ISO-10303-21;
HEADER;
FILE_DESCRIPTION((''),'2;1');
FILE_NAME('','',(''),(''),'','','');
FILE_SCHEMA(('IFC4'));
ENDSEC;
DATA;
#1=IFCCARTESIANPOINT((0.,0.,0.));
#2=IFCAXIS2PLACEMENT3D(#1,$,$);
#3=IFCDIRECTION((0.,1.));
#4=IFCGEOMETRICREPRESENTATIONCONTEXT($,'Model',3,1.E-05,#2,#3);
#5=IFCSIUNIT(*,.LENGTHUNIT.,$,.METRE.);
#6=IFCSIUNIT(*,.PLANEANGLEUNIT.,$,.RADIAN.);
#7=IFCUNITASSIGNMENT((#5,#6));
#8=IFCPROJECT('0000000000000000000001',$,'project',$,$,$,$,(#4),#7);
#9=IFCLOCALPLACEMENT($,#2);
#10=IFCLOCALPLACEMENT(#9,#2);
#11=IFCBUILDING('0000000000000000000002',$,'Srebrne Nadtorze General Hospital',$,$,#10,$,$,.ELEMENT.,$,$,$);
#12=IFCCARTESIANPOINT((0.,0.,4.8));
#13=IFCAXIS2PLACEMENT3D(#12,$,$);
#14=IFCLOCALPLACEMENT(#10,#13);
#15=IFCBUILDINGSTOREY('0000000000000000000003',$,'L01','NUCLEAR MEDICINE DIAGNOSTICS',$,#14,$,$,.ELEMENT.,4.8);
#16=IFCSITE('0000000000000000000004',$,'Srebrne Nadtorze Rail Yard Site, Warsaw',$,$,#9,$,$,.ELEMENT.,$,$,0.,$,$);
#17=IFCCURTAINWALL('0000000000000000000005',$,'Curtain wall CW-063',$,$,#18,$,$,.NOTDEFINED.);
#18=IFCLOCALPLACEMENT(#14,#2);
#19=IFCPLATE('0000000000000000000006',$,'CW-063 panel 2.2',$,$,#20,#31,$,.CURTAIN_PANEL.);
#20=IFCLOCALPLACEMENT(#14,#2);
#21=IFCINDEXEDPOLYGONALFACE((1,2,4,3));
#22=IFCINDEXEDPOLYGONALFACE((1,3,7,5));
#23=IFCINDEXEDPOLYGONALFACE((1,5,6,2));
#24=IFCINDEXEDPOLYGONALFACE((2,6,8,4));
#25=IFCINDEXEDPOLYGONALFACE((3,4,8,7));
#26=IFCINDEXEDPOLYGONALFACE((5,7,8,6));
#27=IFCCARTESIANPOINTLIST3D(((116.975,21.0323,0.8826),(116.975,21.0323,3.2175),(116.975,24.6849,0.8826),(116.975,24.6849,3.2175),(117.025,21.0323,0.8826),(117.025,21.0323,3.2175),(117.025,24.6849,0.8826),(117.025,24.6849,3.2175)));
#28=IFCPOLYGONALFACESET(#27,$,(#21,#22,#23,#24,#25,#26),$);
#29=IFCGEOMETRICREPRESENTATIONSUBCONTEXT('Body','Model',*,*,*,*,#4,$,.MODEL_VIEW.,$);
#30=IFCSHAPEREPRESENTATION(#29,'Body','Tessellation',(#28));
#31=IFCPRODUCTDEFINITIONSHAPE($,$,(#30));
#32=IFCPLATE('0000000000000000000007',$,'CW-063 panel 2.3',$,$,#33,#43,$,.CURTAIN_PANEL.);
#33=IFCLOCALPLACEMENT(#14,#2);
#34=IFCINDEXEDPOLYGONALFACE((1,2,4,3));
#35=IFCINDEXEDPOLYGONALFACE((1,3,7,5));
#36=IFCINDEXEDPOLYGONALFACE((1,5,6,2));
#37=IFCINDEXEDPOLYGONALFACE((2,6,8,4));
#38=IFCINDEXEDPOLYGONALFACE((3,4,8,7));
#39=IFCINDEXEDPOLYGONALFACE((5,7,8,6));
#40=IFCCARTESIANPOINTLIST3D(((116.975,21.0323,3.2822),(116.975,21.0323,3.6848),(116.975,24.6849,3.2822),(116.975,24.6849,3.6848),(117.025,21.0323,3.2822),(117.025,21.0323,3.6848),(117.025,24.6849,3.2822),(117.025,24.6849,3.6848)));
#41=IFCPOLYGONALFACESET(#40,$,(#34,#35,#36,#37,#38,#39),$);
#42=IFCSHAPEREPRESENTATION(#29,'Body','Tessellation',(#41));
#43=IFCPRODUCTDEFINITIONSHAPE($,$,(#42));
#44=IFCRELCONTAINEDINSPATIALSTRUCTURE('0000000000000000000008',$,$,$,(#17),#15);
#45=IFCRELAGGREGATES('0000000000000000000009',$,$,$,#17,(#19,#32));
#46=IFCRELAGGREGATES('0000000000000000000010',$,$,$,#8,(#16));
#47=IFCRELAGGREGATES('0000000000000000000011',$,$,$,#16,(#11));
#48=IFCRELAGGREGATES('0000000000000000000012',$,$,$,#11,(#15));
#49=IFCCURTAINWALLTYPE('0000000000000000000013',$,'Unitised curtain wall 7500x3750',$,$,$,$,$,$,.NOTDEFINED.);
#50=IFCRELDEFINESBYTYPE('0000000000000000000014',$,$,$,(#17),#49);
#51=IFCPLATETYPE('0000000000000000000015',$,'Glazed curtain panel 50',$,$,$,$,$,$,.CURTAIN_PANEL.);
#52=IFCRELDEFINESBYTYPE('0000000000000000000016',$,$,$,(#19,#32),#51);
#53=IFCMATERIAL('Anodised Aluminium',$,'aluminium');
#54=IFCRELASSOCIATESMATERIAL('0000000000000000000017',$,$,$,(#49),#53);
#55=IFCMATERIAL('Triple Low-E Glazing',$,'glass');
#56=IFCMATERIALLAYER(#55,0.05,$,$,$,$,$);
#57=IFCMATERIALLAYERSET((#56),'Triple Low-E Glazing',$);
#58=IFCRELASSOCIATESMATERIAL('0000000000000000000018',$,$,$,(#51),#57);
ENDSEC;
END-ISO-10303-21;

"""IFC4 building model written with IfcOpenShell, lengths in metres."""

from ifc_helpers import new_model, si_unit, direction, frame, origin, origin_2d, place, context, subcontext, project, spatial, rectangle, extrude, material, layer, layer_set, type_object, element, aggregate, save


model = new_model("IFC4")

# Units and contexts
model_context = context("Model", 3, precision=1e-05, world=origin(), true_north=direction((0.0, 1.0)))
body_context = subcontext(model_context, "Body", "Model", "MODEL_VIEW")
ifc_project = project(units=[si_unit("LENGTHUNIT", "METRE"), si_unit("PLANEANGLEUNIT", "RADIAN")], contexts=[model_context])

# Site, building, storey
site_placement = place(None, origin())
site = spatial("IfcSite", under=ifc_project, at=site_placement, Name="Srebrne Nadtorze Rail Yard Site, Warsaw", CompositionType="ELEMENT", RefElevation=0.0)
building_placement = place(site_placement, origin())
building = spatial("IfcBuilding", under=site, at=building_placement, Name="Srebrne Nadtorze General Hospital", CompositionType="ELEMENT")
storey_placement = place(building_placement, frame((0.0, 0.0, 4.8)))
storey = spatial("IfcBuildingStorey", under=building, at=storey_placement, Name="L01", Description="NUCLEAR MEDICINE DIAGNOSTICS", CompositionType="ELEMENT", Elevation=4.8)

# Curtain wall
ifc_material_1 = material(Name="Anodised Aluminium", Category="aluminium")
curtain_wall_type_1 = type_object("IfcCurtainWallType", Name="Unitised curtain wall 7500x3750", PredefinedType="NOTDEFINED", material=ifc_material_1)
curtain_wall_1_placement = place(storey_placement, origin())
curtain_wall_1 = element("IfcCurtainWall", 1, at=curtain_wall_1_placement, inside=storey, type_object=curtain_wall_type_1, Name="Curtain wall CW-063", PredefinedType="NOTDEFINED")

# Plates
ifc_material_2 = material(Name="Triple Low-E Glazing", Category="glass")
ifc_layer = layer(ifc_material_2, 0.05)
ifc_layer_set = layer_set([ifc_layer], Name="Triple Low-E Glazing")
plate_type = type_object("IfcPlateType", Name="Glazed curtain panel 50", PredefinedType="CURTAIN_PANEL", material=ifc_layer_set)
plate_1_placement = place(storey_placement, frame((117.0, 22.8586, 0.8826), z_axis=(0.0, 0.0, 1.0), x_axis=(0.0, 1.0, 0.0)))
plate_1 = element("IfcPlate", 2, at=plate_1_placement, type_object=plate_type, Name="CW-063 panel 2.2", PredefinedType="CURTAIN_PANEL", context=body_context, shape_type="SweptSolid", body=[
    extrude(rectangle(XDim=3.6526, YDim=0.05, at=origin_2d()), origin(), (0.0, 0.0, 1.0), 2.335),
])
plate_2_placement = place(storey_placement, frame((117.0, 22.8586, 3.2822), z_axis=(0.0, 0.0, 1.0), x_axis=(0.0, 1.0, 0.0)))
plate_2 = element("IfcPlate", 3, at=plate_2_placement, type_object=plate_type, Name="CW-063 panel 2.3", PredefinedType="CURTAIN_PANEL", context=body_context, shape_type="SweptSolid", body=[
    extrude(rectangle(XDim=3.6526, YDim=0.05, at=origin_2d()), origin(), (0.0, 0.0, 1.0), 0.4026),
])
aggregate(curtain_wall_1, [plate_1, plate_2])

save(model, "model.ifc")
